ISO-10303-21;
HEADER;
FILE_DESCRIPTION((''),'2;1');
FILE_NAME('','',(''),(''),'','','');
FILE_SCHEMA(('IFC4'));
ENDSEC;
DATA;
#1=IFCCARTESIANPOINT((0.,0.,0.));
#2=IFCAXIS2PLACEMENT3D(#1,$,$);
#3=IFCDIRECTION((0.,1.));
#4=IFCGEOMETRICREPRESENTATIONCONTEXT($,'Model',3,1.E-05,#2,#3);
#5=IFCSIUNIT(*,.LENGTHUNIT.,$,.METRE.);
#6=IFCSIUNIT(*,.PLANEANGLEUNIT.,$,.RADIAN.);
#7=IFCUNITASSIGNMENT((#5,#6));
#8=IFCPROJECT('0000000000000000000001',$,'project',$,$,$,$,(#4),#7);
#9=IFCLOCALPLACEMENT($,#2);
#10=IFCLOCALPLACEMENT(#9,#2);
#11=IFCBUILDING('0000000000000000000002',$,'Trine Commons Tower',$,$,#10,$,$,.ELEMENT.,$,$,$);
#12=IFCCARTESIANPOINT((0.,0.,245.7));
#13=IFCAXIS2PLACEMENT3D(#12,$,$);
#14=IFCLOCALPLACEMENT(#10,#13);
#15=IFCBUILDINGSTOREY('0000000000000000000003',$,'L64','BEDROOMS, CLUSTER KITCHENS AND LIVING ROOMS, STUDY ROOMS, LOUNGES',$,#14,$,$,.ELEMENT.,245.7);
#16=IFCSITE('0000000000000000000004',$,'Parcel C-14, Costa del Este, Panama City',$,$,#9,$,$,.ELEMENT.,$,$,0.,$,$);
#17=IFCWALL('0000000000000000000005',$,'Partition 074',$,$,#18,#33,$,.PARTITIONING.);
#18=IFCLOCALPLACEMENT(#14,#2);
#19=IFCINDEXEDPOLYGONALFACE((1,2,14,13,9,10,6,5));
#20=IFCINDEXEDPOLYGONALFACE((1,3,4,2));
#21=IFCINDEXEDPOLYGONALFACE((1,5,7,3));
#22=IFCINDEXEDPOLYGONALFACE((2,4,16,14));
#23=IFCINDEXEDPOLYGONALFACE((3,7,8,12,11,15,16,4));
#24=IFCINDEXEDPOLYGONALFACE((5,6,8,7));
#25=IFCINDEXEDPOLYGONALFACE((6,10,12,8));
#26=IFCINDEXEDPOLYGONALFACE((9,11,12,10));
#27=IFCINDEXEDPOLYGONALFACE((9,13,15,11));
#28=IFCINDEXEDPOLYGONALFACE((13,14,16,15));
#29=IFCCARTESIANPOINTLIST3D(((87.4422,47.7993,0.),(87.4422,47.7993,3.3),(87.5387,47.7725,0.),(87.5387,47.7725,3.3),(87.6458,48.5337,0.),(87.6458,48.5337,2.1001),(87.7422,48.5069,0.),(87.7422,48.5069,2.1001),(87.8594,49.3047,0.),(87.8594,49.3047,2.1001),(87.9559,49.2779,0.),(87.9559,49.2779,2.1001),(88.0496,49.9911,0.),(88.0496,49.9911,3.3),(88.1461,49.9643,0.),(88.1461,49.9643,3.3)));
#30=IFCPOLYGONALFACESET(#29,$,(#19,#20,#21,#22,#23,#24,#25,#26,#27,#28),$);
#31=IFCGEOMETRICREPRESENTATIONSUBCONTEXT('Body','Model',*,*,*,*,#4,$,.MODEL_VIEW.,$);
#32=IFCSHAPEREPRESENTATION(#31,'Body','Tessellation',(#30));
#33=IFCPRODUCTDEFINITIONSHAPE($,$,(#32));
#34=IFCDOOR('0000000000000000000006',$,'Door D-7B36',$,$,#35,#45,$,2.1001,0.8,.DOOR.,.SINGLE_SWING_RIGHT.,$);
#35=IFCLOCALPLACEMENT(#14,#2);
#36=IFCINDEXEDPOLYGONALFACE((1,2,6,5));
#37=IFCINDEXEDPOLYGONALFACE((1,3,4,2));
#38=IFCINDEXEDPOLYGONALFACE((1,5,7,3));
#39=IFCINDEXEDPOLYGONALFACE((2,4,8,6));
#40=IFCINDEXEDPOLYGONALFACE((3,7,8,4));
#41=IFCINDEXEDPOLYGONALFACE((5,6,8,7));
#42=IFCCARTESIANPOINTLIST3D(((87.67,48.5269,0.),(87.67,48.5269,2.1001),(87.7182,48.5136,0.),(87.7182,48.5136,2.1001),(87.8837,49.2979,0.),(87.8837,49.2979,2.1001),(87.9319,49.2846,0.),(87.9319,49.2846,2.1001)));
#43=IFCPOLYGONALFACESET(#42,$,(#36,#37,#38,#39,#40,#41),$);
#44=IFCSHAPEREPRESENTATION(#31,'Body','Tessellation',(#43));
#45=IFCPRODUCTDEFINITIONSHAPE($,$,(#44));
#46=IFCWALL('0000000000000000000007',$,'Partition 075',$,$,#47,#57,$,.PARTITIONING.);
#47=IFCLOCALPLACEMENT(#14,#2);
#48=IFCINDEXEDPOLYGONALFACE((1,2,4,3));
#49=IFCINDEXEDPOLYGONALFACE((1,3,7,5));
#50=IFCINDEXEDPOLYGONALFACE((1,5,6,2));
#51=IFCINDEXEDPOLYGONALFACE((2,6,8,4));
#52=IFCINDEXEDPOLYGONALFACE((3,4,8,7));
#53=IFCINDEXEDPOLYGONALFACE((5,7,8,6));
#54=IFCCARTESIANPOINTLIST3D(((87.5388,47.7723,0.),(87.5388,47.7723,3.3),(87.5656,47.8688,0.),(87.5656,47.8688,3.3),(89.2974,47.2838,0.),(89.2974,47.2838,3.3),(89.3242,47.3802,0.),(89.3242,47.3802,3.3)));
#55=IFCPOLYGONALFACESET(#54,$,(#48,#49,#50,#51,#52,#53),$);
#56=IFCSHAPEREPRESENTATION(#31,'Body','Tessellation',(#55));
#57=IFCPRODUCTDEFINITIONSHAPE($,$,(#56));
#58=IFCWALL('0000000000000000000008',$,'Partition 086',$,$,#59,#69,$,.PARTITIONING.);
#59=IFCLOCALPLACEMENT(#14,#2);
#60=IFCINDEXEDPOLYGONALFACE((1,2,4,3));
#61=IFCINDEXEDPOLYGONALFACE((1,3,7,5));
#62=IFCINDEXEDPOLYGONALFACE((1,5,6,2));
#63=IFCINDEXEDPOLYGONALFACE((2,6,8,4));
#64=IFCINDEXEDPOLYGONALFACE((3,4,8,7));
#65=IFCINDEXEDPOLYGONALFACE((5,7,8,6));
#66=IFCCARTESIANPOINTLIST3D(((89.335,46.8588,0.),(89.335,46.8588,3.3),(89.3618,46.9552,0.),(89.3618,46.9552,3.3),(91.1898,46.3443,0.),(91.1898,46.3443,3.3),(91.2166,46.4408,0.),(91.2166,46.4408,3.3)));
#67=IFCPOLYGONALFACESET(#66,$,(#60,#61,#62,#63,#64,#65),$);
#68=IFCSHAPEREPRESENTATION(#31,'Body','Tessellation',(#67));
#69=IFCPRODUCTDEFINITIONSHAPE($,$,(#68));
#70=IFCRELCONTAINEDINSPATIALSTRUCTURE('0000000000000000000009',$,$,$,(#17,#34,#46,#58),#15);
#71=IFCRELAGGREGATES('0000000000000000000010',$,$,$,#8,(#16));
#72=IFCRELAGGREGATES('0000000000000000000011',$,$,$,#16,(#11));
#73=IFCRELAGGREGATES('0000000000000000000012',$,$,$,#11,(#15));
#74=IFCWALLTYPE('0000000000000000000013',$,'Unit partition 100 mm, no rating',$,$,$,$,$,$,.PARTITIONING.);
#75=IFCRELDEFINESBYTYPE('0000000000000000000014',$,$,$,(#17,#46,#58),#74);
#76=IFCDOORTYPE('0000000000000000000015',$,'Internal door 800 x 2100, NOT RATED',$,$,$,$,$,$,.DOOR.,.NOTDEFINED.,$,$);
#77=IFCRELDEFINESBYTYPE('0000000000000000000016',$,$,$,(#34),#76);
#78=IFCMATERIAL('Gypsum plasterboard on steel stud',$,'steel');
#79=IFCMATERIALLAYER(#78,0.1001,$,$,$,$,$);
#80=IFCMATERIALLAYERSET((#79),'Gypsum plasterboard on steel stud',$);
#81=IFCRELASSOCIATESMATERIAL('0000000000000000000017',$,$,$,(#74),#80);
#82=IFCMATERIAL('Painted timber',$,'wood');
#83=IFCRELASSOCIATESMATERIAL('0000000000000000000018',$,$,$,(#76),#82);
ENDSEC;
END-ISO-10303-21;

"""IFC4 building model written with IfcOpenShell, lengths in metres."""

from ifc_helpers import new_model, si_unit, direction, frame, frame_2d, origin, place, context, subcontext, project, spatial, rectangle, extrude, material, layer, layer_set, type_object, element, fill, save


model = new_model("IFC4")

# Units and contexts
model_context = context("Model", 3, precision=1e-05, world=origin(), true_north=direction((0.0, 1.0)))
body_context = subcontext(model_context, "Body", "Model", "MODEL_VIEW")
ifc_project = project(units=[si_unit("LENGTHUNIT", "METRE"), si_unit("PLANEANGLEUNIT", "RADIAN")], contexts=[model_context])

# Site, building, storey
site_placement = place(None, origin())
site = spatial("IfcSite", under=ifc_project, at=site_placement, Name="Parcel C-14, Costa del Este, Panama City", CompositionType="ELEMENT", RefElevation=0.0)
building_placement = place(site_placement, origin())
building = spatial("IfcBuilding", under=site, at=building_placement, Name="Trine Commons Tower", CompositionType="ELEMENT")
storey_placement = place(building_placement, frame((0.0, 0.0, 245.7)))
storey = spatial("IfcBuildingStorey", under=building, at=storey_placement, Name="L64", Description="BEDROOMS, CLUSTER KITCHENS AND LIVING ROOMS, STUDY ROOMS, LOUNGES", CompositionType="ELEMENT", Elevation=245.7)

# Shared definitions
ifc_material_1 = material(Name="Gypsum plasterboard on steel stud", Category="steel")
ifc_material_2 = material(Name="Painted timber", Category="wood")

# Shared definitions
ifc_layer_1 = layer(ifc_material_1, 0.1001)
ifc_layer_set_1 = layer_set([ifc_layer_1], Name="Gypsum plasterboard on steel stud")
wall_type_1 = type_object("IfcWallType", Name="Unit partition 100 mm, no rating", PredefinedType="PARTITIONING", material=ifc_layer_set_1)

# Wall, opening, door
door_type_1 = type_object("IfcDoorType", Name="Internal door 800 x 2100, NOT RATED", OperationType="NOTDEFINED", PredefinedType="DOOR", material=ifc_material_2)
wall_1_placement = place(storey_placement, frame((87.4905, 47.7859, 0.0), z_axis=(0.0, 0.0, 1.0), x_axis=(0.267057, 0.963681, 0.0)))
wall_1 = element("IfcWall", 1, at=wall_1_placement, inside=storey, type_object=wall_type_1, Name="Partition 074", PredefinedType="PARTITIONING", context=body_context, shape_type="SweptSolid", body=[
    extrude(rectangle(XDim=2.2744, YDim=0.1001, at=frame_2d((1.1372, 0.0))), origin(), (0.0, 0.0, 1.0), 3.3),
])
opening_1_placement = place(wall_1_placement, frame((0.7622, 0.0, 0.0)))
opening_1 = element("IfcOpeningElement", 2, at=opening_1_placement, cuts=wall_1, PredefinedType="OPENING", context=body_context, shape_type="SweptSolid", body=[
    extrude(rectangle(XDim=0.8, YDim=2.1001, at=frame_2d((0.3999, 1.05))), frame((0.0, 0.0601, 0.0), z_axis=(0.0, -1.0, 0.0), x_axis=(1.0, 0.0, 0.0)), (0.0, 0.0, 1.0), 0.1201),
])
door_1_placement = place(opening_1_placement, origin())
door_1 = element("IfcDoor", 3, at=door_1_placement, inside=storey, type_object=door_type_1, Name="Door D-7B36", OperationType="SINGLE_SWING_RIGHT", OverallHeight=2.1001, OverallWidth=0.8, PredefinedType="DOOR", context=body_context, shape_type="SweptSolid", body=[
    extrude(rectangle(XDim=0.8, YDim=2.1001, at=frame_2d((0.3999, 1.05))), frame((0.0, 0.0249, 0.0), z_axis=(0.0, -1.0, 0.0), x_axis=(1.0, 0.0, 0.0)), (0.0, 0.0, 1.0), 0.05),
])
fill(opening_1, door_1)

# Walls
wall_2_placement = place(storey_placement, frame((87.5522, 47.8206, 0.0), z_axis=(0.0, 0.0, 1.0), x_axis=(0.963512, -0.267665, 0.0)))
element("IfcWall", 4, at=wall_2_placement, inside=storey, type_object=wall_type_1, Name="Partition 075", PredefinedType="PARTITIONING", context=body_context, shape_type="SweptSolid", body=[
    extrude(rectangle(XDim=1.8252, YDim=0.1001, at=frame_2d((0.9126, 0.0))), origin(), (0.0, 0.0, 1.0), 3.3),
])
wall_3_placement = place(storey_placement, frame((89.3484, 46.907, 0.0), z_axis=(0.0, 0.0, 1.0), x_axis=(0.963625, -0.267258, 0.0)))
element("IfcWall", 5, at=wall_3_placement, inside=storey, type_object=wall_type_1, Name="Partition 086", PredefinedType="PARTITIONING", context=body_context, shape_type="SweptSolid", body=[
    extrude(rectangle(XDim=1.9248, YDim=0.1001, at=frame_2d((0.9624, 0.0))), origin(), (0.0, 0.0, 1.0), 3.3),
])

save(model, "model.ifc")
